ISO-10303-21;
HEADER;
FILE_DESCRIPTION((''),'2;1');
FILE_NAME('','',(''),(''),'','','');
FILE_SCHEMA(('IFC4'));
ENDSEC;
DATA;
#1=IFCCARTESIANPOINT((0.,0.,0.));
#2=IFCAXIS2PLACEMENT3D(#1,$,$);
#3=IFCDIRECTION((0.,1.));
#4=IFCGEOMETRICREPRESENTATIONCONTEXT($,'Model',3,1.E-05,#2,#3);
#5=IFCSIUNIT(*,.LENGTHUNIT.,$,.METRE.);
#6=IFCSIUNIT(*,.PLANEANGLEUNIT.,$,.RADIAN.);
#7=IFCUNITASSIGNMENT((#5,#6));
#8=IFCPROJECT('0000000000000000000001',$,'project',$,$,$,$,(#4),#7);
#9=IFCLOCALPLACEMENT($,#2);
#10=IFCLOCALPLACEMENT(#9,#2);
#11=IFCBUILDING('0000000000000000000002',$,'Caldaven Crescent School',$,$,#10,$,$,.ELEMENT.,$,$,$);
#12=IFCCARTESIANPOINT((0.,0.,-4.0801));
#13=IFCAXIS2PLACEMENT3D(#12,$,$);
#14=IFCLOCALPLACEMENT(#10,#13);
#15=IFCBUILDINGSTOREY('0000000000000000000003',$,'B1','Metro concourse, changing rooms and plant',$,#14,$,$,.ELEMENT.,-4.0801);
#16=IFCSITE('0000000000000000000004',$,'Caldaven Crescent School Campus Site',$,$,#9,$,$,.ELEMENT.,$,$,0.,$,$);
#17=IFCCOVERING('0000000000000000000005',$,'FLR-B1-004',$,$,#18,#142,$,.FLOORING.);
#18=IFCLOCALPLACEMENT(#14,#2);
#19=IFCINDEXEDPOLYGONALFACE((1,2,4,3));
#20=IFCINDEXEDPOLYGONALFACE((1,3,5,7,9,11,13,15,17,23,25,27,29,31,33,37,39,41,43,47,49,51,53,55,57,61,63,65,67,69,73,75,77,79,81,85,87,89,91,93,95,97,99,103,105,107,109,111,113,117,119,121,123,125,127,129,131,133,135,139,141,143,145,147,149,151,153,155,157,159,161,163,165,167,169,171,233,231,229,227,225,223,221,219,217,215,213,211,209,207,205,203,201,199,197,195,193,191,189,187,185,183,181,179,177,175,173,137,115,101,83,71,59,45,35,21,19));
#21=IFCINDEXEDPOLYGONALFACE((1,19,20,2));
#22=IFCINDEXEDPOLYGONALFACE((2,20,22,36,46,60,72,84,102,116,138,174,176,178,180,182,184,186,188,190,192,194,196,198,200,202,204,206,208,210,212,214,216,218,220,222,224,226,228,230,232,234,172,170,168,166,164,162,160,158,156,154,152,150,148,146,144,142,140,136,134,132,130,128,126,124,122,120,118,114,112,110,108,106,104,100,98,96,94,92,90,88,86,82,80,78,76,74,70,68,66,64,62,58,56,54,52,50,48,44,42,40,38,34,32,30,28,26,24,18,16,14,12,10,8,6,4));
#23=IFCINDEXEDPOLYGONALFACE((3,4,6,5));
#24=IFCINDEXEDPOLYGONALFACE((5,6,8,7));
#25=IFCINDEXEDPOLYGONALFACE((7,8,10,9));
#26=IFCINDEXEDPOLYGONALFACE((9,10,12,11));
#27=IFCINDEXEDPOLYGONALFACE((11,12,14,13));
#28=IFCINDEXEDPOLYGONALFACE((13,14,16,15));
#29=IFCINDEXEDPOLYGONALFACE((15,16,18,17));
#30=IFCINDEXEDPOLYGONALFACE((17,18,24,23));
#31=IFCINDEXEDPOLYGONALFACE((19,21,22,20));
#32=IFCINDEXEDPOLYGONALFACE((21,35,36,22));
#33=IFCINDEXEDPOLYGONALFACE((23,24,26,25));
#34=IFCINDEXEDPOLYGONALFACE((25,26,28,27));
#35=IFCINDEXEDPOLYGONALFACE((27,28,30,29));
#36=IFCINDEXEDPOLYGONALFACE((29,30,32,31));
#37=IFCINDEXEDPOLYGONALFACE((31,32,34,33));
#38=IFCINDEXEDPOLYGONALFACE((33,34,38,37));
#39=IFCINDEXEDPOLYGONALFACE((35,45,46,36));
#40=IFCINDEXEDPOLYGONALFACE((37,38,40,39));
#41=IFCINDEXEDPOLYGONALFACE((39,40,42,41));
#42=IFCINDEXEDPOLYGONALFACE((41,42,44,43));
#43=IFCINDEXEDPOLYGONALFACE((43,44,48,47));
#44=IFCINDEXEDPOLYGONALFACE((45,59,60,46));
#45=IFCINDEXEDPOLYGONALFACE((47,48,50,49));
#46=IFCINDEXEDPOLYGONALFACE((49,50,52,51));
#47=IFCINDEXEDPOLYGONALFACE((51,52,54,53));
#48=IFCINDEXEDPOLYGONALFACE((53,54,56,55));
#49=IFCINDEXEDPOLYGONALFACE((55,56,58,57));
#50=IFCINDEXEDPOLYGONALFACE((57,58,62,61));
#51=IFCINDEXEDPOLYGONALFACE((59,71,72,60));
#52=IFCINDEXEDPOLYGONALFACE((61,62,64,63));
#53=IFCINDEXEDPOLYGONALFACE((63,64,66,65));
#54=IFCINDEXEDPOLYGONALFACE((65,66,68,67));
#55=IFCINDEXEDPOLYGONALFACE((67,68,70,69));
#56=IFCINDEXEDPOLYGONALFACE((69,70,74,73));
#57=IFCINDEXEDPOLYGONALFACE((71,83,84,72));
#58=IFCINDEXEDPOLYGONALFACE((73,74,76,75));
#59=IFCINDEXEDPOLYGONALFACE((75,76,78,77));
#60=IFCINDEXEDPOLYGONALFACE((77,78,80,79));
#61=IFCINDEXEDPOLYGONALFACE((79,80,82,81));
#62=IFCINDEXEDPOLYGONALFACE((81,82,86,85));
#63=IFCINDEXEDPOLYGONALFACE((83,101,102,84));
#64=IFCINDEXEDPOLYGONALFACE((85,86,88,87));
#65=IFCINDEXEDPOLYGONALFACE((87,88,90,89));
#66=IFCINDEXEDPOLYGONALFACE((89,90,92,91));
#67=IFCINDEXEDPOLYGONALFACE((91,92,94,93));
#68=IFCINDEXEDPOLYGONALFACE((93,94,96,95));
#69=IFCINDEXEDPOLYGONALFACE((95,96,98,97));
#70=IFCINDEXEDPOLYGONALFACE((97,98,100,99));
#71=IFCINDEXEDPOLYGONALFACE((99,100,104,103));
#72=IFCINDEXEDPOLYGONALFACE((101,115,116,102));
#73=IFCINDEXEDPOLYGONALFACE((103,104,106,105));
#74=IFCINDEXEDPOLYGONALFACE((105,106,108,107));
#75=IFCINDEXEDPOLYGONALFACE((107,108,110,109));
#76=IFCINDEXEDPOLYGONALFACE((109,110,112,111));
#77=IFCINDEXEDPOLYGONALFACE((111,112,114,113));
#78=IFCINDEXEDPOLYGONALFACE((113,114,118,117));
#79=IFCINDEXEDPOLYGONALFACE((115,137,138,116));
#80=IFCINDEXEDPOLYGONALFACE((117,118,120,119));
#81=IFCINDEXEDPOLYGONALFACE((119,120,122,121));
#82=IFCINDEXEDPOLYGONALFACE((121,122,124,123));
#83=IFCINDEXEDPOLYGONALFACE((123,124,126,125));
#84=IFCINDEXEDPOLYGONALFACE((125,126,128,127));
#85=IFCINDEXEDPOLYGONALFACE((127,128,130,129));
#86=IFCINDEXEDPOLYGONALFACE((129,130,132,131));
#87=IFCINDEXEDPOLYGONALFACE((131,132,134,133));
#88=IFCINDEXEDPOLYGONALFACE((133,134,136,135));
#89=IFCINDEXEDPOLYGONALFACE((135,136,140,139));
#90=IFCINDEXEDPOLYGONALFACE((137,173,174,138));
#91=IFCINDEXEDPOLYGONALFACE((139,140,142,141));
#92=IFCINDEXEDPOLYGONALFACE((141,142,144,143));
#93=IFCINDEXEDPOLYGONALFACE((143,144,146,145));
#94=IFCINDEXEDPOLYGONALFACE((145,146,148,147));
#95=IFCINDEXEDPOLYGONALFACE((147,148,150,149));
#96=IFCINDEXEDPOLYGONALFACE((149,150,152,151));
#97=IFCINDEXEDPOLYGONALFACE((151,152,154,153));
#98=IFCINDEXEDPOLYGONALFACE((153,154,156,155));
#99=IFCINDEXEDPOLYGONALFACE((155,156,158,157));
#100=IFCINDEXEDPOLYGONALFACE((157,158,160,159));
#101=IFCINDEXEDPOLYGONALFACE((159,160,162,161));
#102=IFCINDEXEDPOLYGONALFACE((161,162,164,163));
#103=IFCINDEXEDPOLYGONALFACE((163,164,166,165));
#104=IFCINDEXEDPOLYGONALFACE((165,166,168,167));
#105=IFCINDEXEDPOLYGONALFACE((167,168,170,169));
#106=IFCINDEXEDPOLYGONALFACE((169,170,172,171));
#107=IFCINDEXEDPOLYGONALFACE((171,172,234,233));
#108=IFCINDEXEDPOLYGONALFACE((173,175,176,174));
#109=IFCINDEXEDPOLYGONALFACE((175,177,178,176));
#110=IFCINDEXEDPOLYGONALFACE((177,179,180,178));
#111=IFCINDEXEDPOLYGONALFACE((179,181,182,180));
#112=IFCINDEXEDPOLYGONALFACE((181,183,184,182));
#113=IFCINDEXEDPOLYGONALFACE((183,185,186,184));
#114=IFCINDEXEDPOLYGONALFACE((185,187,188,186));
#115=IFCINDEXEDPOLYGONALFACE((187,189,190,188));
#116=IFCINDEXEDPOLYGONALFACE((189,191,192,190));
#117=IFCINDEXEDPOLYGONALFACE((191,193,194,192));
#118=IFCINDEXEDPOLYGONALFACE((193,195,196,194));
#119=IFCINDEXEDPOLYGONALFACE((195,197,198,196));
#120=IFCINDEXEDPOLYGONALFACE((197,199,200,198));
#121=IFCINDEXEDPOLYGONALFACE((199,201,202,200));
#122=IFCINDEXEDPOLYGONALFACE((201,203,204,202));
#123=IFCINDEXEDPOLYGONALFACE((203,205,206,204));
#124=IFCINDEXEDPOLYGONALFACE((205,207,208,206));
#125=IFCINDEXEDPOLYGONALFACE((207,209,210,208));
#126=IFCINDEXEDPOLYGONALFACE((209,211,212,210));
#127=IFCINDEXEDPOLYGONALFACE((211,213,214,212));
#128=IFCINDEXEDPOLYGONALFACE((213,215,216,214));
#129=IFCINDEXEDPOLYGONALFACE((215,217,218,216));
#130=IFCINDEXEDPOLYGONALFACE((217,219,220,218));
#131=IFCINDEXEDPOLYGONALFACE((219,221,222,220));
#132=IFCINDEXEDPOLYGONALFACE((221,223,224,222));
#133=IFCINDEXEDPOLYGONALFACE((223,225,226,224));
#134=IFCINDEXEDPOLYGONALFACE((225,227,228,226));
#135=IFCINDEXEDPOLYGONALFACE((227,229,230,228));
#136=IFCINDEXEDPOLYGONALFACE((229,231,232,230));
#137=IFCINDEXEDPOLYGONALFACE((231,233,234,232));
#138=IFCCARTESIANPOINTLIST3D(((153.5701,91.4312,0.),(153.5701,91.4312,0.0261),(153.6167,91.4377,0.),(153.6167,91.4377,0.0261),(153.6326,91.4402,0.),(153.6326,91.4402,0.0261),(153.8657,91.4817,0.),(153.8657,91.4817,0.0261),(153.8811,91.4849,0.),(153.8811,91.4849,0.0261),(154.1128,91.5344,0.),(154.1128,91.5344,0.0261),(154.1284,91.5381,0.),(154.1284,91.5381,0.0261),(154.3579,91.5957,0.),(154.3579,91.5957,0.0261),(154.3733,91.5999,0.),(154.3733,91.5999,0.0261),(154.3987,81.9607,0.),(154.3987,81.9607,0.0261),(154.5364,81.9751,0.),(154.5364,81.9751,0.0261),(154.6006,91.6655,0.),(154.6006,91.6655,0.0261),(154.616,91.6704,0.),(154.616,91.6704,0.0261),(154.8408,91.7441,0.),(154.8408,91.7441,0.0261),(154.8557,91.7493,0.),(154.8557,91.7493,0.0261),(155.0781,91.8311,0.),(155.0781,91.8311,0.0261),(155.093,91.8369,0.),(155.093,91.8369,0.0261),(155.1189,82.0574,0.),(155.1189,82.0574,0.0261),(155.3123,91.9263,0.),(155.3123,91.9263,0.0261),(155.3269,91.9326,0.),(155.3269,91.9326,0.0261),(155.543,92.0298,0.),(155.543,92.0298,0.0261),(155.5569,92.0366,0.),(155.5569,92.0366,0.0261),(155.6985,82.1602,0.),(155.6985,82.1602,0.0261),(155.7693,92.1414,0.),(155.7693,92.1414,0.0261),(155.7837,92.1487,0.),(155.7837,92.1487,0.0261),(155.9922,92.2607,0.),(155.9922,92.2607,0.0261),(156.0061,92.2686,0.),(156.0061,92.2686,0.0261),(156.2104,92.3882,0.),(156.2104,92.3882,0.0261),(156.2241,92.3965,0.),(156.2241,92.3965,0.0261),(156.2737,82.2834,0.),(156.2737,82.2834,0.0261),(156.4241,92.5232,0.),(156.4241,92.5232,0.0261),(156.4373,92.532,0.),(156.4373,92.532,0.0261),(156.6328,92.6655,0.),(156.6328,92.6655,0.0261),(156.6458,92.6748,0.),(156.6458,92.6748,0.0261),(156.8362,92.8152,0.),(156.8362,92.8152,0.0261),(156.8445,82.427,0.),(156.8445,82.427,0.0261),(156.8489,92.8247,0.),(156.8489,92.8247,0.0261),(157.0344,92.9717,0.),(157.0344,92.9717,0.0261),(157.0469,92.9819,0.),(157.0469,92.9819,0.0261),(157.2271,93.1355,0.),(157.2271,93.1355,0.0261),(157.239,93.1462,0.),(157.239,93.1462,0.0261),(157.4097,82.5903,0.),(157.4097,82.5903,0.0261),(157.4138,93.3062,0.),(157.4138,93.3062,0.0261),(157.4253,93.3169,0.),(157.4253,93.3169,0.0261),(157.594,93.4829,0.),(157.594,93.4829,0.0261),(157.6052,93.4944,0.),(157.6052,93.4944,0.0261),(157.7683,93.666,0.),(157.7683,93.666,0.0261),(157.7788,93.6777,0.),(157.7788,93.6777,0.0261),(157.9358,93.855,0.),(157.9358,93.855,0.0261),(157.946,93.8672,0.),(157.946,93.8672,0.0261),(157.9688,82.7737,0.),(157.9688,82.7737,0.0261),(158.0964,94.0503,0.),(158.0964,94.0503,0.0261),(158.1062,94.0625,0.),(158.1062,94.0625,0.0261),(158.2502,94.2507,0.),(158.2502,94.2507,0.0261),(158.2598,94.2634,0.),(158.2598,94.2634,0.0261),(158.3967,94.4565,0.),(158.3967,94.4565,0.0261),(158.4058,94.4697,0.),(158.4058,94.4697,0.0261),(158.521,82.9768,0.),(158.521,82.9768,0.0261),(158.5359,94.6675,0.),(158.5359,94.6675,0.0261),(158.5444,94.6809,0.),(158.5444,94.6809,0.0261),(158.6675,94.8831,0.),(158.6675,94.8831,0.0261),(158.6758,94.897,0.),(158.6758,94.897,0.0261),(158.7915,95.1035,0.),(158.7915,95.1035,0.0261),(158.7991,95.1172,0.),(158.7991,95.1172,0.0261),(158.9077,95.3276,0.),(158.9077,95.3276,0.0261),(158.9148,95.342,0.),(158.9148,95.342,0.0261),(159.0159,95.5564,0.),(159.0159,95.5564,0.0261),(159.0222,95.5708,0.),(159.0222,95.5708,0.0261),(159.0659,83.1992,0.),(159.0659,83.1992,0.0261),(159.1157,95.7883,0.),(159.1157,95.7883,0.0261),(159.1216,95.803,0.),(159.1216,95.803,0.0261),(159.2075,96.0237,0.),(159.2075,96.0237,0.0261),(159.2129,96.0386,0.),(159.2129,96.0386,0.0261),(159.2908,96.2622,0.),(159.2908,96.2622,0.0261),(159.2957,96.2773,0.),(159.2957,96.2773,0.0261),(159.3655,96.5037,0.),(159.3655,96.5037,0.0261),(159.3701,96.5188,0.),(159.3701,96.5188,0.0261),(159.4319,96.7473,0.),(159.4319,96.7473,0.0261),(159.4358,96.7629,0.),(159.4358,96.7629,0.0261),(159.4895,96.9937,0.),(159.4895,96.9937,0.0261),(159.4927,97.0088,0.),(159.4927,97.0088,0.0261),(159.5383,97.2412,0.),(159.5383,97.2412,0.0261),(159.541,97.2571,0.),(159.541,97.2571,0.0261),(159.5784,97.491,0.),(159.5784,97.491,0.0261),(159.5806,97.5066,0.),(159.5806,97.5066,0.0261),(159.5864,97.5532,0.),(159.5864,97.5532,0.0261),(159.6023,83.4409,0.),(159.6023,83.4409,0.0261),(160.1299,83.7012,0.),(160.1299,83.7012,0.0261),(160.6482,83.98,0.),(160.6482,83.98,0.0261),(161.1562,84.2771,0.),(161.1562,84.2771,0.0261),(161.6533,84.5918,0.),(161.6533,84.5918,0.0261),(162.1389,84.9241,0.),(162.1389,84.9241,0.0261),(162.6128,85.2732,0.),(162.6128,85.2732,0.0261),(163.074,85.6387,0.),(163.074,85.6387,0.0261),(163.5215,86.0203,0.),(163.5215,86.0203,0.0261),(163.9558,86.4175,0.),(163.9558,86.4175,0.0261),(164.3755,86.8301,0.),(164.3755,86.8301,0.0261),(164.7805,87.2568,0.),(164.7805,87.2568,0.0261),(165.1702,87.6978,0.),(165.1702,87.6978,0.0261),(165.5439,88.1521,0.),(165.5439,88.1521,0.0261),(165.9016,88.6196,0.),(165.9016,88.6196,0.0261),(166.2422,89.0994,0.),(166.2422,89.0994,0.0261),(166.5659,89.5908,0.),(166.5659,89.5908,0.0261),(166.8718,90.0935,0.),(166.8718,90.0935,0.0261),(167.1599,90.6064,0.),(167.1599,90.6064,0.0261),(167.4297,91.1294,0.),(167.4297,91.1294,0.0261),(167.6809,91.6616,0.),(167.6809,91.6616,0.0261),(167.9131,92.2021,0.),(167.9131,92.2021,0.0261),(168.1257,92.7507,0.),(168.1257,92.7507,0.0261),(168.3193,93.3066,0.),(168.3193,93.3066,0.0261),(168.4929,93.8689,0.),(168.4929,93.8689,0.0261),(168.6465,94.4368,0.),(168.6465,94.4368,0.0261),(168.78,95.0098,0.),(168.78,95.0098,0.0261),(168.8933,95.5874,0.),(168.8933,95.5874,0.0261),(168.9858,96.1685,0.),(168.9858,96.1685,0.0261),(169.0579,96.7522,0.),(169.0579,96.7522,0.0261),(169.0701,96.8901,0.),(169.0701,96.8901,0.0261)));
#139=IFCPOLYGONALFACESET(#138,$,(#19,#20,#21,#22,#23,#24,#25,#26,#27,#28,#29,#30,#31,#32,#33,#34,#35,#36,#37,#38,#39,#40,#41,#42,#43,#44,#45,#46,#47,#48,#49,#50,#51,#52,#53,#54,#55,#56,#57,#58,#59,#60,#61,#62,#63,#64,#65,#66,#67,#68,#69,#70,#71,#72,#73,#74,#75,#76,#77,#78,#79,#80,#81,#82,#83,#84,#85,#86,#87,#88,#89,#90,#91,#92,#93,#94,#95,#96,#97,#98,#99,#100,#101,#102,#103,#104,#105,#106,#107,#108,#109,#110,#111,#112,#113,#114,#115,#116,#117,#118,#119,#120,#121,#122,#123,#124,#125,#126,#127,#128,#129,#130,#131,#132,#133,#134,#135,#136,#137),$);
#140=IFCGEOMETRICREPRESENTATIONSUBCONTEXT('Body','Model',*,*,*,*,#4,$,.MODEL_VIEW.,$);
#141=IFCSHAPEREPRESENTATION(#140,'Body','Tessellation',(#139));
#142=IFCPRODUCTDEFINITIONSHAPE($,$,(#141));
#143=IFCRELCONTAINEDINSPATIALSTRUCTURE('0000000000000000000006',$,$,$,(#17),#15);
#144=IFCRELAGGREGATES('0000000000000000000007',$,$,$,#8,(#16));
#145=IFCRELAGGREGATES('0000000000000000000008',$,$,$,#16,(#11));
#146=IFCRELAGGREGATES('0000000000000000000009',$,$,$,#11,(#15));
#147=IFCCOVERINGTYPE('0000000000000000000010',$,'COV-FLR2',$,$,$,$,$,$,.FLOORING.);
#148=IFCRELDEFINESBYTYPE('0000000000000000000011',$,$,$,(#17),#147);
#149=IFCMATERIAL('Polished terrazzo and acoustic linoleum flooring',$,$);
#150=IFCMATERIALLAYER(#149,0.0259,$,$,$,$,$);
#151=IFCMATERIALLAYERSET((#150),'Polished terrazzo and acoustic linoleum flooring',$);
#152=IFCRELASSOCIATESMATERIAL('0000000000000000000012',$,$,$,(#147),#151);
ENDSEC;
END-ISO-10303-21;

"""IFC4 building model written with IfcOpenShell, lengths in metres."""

from ifc_helpers import new_model, si_unit, direction, frame, origin, place, context, subcontext, project, spatial, polyline, outline, extrude, material, layer, layer_set, type_object, element, save


model = new_model("IFC4")

# Units and contexts
model_context = context("Model", 3, precision=1e-05, world=origin(), true_north=direction((0.0, 1.0)))
body_context = subcontext(model_context, "Body", "Model", "MODEL_VIEW")
ifc_project = project(units=[si_unit("LENGTHUNIT", "METRE"), si_unit("PLANEANGLEUNIT", "RADIAN")], contexts=[model_context])

# Site, building, storey
site_placement = place(None, origin())
site = spatial("IfcSite", under=ifc_project, at=site_placement, Name="Caldaven Crescent School Campus Site", CompositionType="ELEMENT", RefElevation=0.0)
building_placement = place(site_placement, origin())
building = spatial("IfcBuilding", under=site, at=building_placement, Name="Caldaven Crescent School", CompositionType="ELEMENT")
storey_placement = place(building_placement, frame((0.0, 0.0, -4.0801)))
storey = spatial("IfcBuildingStorey", under=building, at=storey_placement, Name="B1", Description="Metro concourse, changing rooms and plant", CompositionType="ELEMENT", Elevation=-4.0801)

# Covering
ifc_material_1 = material(Name="Polished terrazzo and acoustic linoleum flooring")
ifc_layer_1 = layer(ifc_material_1, 0.0259)
ifc_layer_set_1 = layer_set([ifc_layer_1], Name="Polished terrazzo and acoustic linoleum flooring")
covering_type_1 = type_object("IfcCoveringType", Name="COV-FLR2", PredefinedType="FLOORING", material=ifc_layer_set_1)
covering_1_placement = place(storey_placement, origin())
element("IfcCovering", 1, at=covering_1_placement, inside=storey, type_object=covering_type_1, Name="FLR-B1-004", PredefinedType="FLOORING", context=body_context, shape_type="SweptSolid", body=[
    extrude(outline(polyline([(153.5701, 91.4312), (153.6167, 91.4377), (153.6326, 91.4402), (153.8657, 91.4817), (153.8811, 91.4849), (154.1128, 91.5344), (154.1284, 91.5381), (154.3579, 91.5957), (154.3733, 91.5999), (154.6006, 91.6655), (154.616, 91.6704), (154.8408, 91.7441), (154.8557, 91.7493), (155.0781, 91.8311), (155.093, 91.8369), (155.3123, 91.9263), (155.3269, 91.9326), (155.543, 92.0298), (155.5569, 92.0366), (155.7693, 92.1414), (155.7837, 92.1487), (155.9922, 92.2607), (156.0061, 92.2686), (156.2104, 92.3882), (156.2241, 92.3965), (156.4241, 92.5232), (156.4373, 92.532), (156.6328, 92.6655), (156.6458, 92.6748), (156.8362, 92.8152), (156.8489, 92.8247), (157.0344, 92.9717), (157.0469, 92.9819), (157.2271, 93.1355), (157.239, 93.1462), (157.4138, 93.3062), (157.4253, 93.3169), (157.594, 93.4829), (157.6052, 93.4944), (157.7683, 93.666), (157.7788, 93.6777), (157.9358, 93.855), (157.946, 93.8672), (158.0964, 94.0503), (158.1062, 94.0625), (158.2502, 94.2507), (158.2598, 94.2634), (158.3967, 94.4565), (158.4058, 94.4697), (158.5359, 94.6675), (158.5444, 94.6809), (158.6675, 94.8831), (158.6758, 94.897), (158.7915, 95.1035), (158.7991, 95.1172), (158.9077, 95.3276), (158.9148, 95.342), (159.0159, 95.5564), (159.0222, 95.5708), (159.1157, 95.7883), (159.1216, 95.803), (159.2075, 96.0237), (159.2129, 96.0386), (159.2908, 96.2622), (159.2957, 96.2773), (159.3655, 96.5037), (159.3701, 96.5188), (159.4319, 96.7473), (159.4358, 96.7629), (159.4895, 96.9937), (159.4927, 97.0088), (159.5383, 97.2412), (159.541, 97.2571), (159.5784, 97.491), (159.5806, 97.5066), (159.5864, 97.5532), (169.0701, 96.8901), (169.0579, 96.7522), (168.9858, 96.1685), (168.8933, 95.5874), (168.78, 95.0098), (168.6465, 94.4368), (168.4929, 93.8689), (168.3193, 93.3066), (168.1257, 92.7507), (167.9131, 92.2021), (167.6809, 91.6616), (167.4297, 91.1294), (167.1599, 90.6064), (166.8718, 90.0935), (166.5659, 89.5908), (166.2422, 89.0994), (165.9016, 88.6196), (165.5439, 88.1521), (165.1702, 87.6978), (164.7805, 87.2568), (164.3755, 86.8301), (163.9558, 86.4175), (163.5215, 86.0203), (163.074, 85.6387), (162.6128, 85.2732), (162.1389, 84.9241), (161.6533, 84.5918), (161.1562, 84.2771), (160.6482, 83.98), (160.1299, 83.7012), (159.6023, 83.4409), (159.0659, 83.1992), (158.521, 82.9768), (157.9688, 82.7737), (157.4097, 82.5903), (156.8445, 82.427), (156.2737, 82.2834), (155.6985, 82.1602), (155.1189, 82.0574), (154.5364, 81.9751), (154.3987, 81.9607), (153.5701, 91.4312)])), origin(), (0.0, 0.0, 1.0), 0.0261),
])

save(model, "model.ifc")
